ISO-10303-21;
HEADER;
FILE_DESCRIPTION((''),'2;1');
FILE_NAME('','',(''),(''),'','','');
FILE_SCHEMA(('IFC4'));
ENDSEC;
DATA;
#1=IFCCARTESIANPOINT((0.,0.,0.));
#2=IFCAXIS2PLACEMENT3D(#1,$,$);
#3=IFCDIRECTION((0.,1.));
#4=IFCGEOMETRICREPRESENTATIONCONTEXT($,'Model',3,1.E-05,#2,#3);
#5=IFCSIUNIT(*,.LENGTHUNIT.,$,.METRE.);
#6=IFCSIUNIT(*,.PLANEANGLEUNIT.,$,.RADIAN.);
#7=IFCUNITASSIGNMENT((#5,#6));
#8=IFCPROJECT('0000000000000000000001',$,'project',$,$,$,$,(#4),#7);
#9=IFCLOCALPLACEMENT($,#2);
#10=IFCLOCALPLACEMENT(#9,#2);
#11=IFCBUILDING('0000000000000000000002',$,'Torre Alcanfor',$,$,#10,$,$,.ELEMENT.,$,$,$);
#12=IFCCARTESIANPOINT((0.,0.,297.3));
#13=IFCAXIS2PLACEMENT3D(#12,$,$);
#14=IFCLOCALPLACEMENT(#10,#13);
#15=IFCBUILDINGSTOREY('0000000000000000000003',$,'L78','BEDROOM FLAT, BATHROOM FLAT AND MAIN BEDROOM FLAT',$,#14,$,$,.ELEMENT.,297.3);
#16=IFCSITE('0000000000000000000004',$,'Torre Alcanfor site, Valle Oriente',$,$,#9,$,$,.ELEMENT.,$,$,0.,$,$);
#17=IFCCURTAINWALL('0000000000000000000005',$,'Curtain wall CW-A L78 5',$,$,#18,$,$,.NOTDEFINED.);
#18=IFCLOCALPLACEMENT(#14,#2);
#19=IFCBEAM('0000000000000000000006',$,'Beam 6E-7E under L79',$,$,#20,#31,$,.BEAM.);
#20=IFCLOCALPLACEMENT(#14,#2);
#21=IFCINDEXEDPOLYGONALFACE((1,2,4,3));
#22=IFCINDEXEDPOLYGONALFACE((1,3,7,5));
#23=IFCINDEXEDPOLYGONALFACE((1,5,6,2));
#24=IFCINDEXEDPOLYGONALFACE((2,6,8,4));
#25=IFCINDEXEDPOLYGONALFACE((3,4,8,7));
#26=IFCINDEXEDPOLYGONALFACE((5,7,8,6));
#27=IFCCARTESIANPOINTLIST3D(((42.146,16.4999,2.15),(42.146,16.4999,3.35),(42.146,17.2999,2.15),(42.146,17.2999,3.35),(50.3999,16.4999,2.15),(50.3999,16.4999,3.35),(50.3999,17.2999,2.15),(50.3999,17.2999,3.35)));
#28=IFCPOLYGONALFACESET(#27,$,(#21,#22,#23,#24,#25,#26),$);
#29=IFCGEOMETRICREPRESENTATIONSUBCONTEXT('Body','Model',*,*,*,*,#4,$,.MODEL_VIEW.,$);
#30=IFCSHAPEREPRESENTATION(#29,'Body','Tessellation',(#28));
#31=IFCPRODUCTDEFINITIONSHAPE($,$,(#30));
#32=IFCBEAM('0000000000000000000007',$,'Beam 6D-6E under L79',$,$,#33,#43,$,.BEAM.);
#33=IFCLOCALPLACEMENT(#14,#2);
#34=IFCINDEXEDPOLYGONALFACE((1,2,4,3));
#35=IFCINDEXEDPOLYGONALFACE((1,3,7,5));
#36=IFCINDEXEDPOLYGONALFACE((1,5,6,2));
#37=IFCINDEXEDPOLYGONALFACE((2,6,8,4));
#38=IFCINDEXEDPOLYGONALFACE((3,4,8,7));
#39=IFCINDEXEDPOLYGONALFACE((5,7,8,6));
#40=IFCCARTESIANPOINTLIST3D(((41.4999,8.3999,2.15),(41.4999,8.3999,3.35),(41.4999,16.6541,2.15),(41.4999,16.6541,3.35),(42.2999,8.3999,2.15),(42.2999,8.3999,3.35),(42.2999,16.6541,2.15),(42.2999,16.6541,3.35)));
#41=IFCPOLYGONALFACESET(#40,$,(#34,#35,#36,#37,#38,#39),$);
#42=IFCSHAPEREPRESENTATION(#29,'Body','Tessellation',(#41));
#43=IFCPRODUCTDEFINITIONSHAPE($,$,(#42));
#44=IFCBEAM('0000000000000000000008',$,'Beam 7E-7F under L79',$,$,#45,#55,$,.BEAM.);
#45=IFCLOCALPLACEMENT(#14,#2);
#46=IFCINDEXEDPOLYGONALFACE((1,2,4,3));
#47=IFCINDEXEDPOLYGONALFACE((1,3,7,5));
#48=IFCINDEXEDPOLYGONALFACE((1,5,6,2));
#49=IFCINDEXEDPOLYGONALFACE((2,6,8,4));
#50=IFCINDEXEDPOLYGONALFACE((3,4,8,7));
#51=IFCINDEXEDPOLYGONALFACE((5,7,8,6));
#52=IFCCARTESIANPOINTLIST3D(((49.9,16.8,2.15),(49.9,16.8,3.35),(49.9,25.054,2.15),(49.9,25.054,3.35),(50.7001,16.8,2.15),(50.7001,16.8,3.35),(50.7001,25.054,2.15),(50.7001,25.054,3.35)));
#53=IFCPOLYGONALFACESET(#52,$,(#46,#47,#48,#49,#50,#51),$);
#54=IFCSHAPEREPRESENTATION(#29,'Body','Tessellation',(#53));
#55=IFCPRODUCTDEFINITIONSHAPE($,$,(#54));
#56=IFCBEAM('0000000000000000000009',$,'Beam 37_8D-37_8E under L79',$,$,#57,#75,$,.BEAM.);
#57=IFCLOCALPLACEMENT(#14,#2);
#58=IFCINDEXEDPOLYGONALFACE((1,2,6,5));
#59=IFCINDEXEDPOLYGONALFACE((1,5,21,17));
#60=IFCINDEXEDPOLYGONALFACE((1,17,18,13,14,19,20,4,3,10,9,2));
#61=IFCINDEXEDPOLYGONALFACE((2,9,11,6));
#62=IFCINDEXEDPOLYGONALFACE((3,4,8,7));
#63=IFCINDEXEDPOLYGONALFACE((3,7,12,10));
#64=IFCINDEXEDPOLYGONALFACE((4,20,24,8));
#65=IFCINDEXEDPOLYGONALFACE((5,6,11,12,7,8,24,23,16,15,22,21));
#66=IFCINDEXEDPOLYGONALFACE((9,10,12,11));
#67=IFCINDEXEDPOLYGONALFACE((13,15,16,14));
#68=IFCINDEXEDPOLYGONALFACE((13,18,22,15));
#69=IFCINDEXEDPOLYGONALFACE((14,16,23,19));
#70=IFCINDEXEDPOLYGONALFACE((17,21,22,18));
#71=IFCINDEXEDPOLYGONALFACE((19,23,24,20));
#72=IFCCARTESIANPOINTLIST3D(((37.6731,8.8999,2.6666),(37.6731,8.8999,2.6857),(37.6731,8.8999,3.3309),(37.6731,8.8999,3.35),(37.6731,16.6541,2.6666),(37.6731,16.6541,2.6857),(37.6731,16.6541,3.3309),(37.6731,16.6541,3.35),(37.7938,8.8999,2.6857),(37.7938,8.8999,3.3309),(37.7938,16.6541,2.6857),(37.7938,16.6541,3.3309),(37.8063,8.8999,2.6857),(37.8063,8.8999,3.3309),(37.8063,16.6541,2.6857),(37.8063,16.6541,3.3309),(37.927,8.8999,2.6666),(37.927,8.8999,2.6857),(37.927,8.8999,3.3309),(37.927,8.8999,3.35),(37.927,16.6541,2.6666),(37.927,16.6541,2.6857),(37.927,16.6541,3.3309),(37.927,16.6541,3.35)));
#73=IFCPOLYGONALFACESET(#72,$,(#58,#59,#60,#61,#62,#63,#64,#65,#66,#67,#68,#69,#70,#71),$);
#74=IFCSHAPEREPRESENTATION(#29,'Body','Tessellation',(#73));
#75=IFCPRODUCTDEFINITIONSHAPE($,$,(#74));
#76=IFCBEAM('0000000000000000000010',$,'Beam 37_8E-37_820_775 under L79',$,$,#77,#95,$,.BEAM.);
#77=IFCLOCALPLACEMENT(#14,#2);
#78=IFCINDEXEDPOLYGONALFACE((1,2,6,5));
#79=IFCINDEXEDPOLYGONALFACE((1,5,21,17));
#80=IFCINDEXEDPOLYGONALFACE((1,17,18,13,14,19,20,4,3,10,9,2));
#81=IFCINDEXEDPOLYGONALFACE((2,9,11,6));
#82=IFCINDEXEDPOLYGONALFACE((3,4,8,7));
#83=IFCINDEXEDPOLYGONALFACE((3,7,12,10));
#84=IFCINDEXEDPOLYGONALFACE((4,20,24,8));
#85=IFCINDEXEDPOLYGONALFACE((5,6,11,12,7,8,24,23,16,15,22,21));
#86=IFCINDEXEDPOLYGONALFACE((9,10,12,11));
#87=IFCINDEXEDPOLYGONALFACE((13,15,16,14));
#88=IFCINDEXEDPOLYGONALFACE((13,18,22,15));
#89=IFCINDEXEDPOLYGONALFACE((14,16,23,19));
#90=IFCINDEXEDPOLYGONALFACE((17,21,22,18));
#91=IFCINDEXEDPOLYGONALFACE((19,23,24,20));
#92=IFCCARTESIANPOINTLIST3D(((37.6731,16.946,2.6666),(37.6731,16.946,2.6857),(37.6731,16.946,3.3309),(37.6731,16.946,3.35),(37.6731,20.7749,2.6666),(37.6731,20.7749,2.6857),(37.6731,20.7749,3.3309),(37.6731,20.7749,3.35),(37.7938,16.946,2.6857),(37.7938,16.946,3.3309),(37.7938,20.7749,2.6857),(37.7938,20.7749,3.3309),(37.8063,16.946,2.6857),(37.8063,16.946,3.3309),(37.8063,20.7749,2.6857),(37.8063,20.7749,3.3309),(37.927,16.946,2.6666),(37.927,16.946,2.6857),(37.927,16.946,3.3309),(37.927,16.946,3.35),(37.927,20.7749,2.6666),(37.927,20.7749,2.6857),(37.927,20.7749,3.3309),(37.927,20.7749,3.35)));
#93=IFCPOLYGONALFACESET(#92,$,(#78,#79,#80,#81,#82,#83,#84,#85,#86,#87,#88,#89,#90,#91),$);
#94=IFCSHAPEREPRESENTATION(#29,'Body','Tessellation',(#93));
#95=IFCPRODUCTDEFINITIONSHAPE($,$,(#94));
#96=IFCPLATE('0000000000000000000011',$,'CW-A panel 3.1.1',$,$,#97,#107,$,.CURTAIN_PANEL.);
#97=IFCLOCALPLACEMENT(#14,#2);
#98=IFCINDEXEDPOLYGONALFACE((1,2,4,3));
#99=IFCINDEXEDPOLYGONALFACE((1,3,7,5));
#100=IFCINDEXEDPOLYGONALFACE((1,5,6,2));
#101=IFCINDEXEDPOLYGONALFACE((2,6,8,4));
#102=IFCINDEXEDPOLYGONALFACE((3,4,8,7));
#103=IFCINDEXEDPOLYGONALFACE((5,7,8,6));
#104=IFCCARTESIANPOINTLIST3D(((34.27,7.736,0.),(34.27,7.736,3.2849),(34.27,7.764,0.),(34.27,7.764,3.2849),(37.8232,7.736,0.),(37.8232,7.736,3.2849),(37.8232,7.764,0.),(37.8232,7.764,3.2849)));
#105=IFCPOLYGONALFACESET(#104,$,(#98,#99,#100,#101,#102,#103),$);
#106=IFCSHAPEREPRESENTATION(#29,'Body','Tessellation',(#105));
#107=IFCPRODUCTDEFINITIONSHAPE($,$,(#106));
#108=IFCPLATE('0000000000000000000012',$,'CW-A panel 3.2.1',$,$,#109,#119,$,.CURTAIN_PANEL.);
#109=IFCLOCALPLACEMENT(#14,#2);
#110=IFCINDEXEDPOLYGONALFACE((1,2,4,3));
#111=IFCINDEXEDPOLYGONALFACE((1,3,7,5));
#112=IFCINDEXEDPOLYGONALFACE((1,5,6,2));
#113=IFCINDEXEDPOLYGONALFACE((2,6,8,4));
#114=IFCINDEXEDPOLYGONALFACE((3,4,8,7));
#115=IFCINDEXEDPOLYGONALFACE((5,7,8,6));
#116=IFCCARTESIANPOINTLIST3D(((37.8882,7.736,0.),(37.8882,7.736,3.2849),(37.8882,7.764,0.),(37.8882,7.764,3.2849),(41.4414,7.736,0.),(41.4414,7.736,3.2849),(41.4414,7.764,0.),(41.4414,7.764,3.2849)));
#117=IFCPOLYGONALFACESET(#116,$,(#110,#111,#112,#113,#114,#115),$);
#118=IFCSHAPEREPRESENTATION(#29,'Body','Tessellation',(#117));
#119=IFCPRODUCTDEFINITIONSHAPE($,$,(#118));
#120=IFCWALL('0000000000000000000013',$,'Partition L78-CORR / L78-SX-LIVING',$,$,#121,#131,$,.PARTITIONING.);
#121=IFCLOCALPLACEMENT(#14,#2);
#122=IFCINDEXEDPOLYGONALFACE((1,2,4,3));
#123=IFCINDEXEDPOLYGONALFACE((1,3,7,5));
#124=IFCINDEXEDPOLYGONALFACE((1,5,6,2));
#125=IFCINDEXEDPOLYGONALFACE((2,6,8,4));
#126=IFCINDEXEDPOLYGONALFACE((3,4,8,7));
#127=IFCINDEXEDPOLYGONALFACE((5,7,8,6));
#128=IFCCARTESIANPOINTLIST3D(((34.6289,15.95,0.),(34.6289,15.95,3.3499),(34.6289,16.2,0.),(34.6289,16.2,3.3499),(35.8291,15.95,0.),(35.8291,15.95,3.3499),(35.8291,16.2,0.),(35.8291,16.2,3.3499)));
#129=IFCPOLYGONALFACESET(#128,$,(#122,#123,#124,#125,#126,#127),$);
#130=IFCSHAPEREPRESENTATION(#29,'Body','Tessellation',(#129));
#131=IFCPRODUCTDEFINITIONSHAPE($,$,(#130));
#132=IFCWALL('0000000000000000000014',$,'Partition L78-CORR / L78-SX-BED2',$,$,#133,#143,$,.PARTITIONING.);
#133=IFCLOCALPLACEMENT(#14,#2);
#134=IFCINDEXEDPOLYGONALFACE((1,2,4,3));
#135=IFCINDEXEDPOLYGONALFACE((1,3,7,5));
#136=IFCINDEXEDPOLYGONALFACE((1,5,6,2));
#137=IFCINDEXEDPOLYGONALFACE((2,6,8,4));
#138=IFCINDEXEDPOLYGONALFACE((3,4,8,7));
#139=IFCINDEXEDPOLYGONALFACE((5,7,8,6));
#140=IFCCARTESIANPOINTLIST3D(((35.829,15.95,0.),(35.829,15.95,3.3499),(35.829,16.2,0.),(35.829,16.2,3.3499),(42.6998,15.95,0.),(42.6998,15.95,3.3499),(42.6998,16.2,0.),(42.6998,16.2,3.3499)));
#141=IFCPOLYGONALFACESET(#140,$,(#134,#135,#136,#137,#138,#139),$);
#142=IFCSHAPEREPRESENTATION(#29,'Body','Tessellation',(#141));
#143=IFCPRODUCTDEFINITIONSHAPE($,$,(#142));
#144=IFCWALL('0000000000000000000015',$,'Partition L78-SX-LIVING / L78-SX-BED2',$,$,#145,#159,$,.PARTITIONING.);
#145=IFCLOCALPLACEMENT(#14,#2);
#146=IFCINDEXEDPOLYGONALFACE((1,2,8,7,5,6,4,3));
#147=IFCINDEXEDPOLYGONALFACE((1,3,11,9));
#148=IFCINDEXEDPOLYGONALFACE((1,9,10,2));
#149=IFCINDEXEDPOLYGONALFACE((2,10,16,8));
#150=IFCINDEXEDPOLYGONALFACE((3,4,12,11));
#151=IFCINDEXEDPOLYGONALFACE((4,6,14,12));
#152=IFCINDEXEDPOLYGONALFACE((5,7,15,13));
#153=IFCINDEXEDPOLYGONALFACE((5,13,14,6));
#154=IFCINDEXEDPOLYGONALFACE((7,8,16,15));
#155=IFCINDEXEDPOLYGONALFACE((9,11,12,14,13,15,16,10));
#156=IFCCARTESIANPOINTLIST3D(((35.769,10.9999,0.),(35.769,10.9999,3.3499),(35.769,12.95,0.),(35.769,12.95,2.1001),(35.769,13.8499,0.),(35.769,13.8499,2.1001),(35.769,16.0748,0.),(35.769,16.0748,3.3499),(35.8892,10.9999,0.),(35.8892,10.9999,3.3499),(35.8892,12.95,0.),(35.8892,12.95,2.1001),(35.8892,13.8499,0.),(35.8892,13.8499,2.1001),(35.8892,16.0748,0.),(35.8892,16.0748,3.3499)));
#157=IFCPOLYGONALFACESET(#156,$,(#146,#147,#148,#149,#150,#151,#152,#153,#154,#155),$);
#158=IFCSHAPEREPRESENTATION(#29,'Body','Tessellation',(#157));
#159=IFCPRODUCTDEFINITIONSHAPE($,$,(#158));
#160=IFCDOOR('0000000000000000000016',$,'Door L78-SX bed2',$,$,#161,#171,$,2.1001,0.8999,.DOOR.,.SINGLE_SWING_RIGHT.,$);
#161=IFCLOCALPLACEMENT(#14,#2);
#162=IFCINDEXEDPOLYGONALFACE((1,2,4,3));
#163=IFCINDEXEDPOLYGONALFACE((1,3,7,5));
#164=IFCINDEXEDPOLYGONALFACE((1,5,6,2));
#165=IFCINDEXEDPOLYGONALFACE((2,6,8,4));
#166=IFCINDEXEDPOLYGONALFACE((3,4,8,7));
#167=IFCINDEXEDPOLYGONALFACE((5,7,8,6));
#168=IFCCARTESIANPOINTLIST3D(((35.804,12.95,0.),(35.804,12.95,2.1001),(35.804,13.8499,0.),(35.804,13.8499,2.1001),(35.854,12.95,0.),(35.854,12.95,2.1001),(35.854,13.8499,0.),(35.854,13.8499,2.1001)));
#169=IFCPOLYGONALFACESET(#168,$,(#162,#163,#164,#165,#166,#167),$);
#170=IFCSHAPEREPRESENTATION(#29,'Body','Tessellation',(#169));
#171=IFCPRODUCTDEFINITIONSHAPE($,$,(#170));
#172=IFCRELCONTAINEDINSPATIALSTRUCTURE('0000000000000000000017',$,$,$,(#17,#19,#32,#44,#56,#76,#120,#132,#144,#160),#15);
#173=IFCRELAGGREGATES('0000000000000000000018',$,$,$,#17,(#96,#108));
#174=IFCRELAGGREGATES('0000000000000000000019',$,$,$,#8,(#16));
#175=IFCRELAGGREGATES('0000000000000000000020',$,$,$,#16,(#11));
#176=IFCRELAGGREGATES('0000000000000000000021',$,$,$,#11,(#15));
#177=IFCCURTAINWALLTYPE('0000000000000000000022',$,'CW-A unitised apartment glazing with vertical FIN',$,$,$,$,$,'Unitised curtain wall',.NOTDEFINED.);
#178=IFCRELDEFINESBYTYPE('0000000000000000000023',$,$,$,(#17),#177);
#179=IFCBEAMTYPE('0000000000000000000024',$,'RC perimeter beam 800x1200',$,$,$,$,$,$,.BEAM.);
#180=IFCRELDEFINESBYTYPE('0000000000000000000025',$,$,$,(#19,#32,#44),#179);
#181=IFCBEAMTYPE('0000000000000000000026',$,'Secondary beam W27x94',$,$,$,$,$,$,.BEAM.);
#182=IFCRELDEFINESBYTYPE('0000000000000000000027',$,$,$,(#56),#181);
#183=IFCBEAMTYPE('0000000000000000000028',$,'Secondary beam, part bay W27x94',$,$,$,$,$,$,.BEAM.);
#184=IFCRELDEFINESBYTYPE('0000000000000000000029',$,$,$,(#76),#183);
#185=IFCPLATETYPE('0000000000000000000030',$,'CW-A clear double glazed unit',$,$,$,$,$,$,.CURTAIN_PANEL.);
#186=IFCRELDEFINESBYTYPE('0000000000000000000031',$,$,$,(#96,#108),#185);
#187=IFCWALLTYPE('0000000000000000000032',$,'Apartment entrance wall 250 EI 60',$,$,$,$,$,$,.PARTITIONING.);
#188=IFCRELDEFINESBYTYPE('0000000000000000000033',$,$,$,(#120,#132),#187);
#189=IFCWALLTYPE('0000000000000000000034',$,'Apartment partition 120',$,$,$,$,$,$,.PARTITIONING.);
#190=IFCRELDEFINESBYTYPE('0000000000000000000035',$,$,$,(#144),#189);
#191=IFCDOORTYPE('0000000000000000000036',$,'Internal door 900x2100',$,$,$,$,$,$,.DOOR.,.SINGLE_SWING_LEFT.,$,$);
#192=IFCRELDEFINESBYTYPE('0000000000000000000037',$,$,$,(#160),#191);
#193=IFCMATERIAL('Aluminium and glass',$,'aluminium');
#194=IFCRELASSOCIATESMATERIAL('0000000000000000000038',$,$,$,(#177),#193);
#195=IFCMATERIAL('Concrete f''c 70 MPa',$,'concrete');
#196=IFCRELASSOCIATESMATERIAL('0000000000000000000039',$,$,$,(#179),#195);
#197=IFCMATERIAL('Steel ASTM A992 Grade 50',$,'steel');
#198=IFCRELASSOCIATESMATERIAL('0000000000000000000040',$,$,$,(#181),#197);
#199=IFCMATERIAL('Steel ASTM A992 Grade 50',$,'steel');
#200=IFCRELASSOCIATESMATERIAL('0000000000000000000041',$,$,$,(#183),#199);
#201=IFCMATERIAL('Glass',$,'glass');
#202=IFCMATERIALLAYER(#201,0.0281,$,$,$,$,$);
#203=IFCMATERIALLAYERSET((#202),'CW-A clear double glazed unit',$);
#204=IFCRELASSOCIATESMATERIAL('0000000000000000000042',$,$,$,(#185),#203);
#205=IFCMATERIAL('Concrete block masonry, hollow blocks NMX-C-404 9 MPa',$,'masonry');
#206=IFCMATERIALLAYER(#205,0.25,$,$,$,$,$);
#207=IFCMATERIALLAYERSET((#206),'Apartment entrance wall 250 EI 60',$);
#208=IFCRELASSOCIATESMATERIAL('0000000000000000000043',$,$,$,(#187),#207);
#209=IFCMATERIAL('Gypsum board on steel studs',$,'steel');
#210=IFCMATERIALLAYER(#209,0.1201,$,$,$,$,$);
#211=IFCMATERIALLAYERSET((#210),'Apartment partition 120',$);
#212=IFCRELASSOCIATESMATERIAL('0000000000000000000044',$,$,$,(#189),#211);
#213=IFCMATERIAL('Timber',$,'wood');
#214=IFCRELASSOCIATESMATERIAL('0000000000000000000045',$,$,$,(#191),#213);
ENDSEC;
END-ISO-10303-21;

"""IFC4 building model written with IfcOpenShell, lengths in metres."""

from ifc_helpers import new_model, si_unit, direction, frame, frame_2d, origin, origin_2d, place, context, subcontext, project, spatial, rectangle, i_section, extrude, material, layer, layer_set, material_profile, profile_set, type_object, element, fill, aggregate, save


model = new_model("IFC4")

# Units and contexts
model_context = context("Model", 3, precision=1e-05, world=origin(), true_north=direction((0.0, 1.0)))
body_context = subcontext(model_context, "Body", "Model", "MODEL_VIEW")
ifc_project = project(units=[si_unit("LENGTHUNIT", "METRE"), si_unit("PLANEANGLEUNIT", "RADIAN")], contexts=[model_context])

# Site, building, storey
site_placement = place(None, origin())
site = spatial("IfcSite", under=ifc_project, at=site_placement, Name="Torre Alcanfor site, Valle Oriente", CompositionType="ELEMENT", RefElevation=0.0)
building_placement = place(site_placement, origin())
building = spatial("IfcBuilding", under=site, at=building_placement, Name="Torre Alcanfor", CompositionType="ELEMENT")
storey_placement = place(building_placement, frame((0.0, 0.0, 297.3)))
storey = spatial("IfcBuildingStorey", under=building, at=storey_placement, Name="L78", Description="BEDROOM FLAT, BATHROOM FLAT AND MAIN BEDROOM FLAT", CompositionType="ELEMENT", Elevation=297.3)

# Curtain wall
ifc_material_1 = material(Name="Aluminium and glass", Category="aluminium")
curtain_wall_type = type_object("IfcCurtainWallType", Name="CW-A unitised apartment glazing with vertical FIN", ElementType="Unitised curtain wall", PredefinedType="NOTDEFINED", material=ifc_material_1)
curtain_wall_placement = place(storey_placement, origin())
curtain_wall = element("IfcCurtainWall", 1, at=curtain_wall_placement, inside=storey, type_object=curtain_wall_type, Name="Curtain wall CW-A L78 5", PredefinedType="NOTDEFINED")

# Beams
ifc_material_2 = material(Name="Concrete f'c 70 MPa", Category="concrete")
ifc_material_profile_1 = material_profile(ifc_material_2, rectangle(XDim=0.8, YDim=1.2, at=origin_2d()), Name="800x1200")
ifc_profile_set_1 = profile_set([ifc_material_profile_1], Name="Concrete f'c 70 MPa")
beam_type_1 = type_object("IfcBeamType", Name="RC perimeter beam 800x1200", PredefinedType="BEAM", material=ifc_profile_set_1)
beam_1_placement = place(storey_placement, frame((42.146, 16.8999, 2.75), z_axis=(1.0, 0.0, 0.0), x_axis=(0.0, 1.0, 0.0)))
element("IfcBeam", 2, at=beam_1_placement, inside=storey, type_object=beam_type_1, Name="Beam 6E-7E under L79", PredefinedType="BEAM", context=body_context, shape_type="SweptSolid", body=[
    extrude(rectangle(XDim=0.8, YDim=1.2, at=origin_2d()), origin(), (0.0, 0.0, 1.0), 8.2539),
])
beam_2_placement = place(storey_placement, frame((41.8999, 8.3999, 2.75), z_axis=(0.0, 1.0, 0.0), x_axis=(-1.0, 0.0, 0.0)))
element("IfcBeam", 3, at=beam_2_placement, inside=storey, type_object=beam_type_1, Name="Beam 6D-6E under L79", PredefinedType="BEAM", context=body_context, shape_type="SweptSolid", body=[
    extrude(rectangle(XDim=0.8, YDim=1.2, at=origin_2d()), origin(), (0.0, 0.0, 1.0), 8.2542),
])
beam_3_placement = place(storey_placement, frame((50.3, 16.8, 2.75), z_axis=(0.0, 1.0, 0.0), x_axis=(-1.0, 0.0, 0.0)))
element("IfcBeam", 4, at=beam_3_placement, inside=storey, type_object=beam_type_1, Name="Beam 7E-7F under L79", PredefinedType="BEAM", context=body_context, shape_type="SweptSolid", body=[
    extrude(rectangle(XDim=0.8, YDim=1.2, at=origin_2d()), origin(), (0.0, 0.0, 1.0), 8.2539),
])
ifc_material_3 = material(Name="Steel ASTM A992 Grade 50", Category="steel")
ifc_material_profile_2 = material_profile(ifc_material_3, i_section(OverallWidth=0.2539, OverallDepth=0.6833, WebThickness=0.0125, FlangeThickness=0.019, at=origin_2d()), Name="W27x94")
ifc_profile_set_2 = profile_set([ifc_material_profile_2], Name="Steel ASTM A992 Grade 50")
beam_type_2 = type_object("IfcBeamType", Name="Secondary beam W27x94", PredefinedType="BEAM", material=ifc_profile_set_2)
beam_4_placement = place(storey_placement, frame((37.8, 8.8999, 3.0083), z_axis=(0.0, 1.0, 0.0), x_axis=(-1.0, 0.0, 0.0)))
element("IfcBeam", 5, at=beam_4_placement, inside=storey, type_object=beam_type_2, Name="Beam 37_8D-37_8E under L79", PredefinedType="BEAM", context=body_context, shape_type="SweptSolid", body=[
    extrude(i_section(OverallWidth=0.2539, OverallDepth=0.6833, WebThickness=0.0125, FlangeThickness=0.019, at=origin_2d()), origin(), (0.0, 0.0, 1.0), 7.7542),
])
ifc_material_4 = material(Name="Steel ASTM A992 Grade 50", Category="steel")
ifc_material_profile_3 = material_profile(ifc_material_4, i_section(OverallWidth=0.2539, OverallDepth=0.6833, WebThickness=0.0125, FlangeThickness=0.019, at=origin_2d()), Name="W27x94")
ifc_profile_set_3 = profile_set([ifc_material_profile_3], Name="Steel ASTM A992 Grade 50")
beam_type_3 = type_object("IfcBeamType", Name="Secondary beam, part bay W27x94", PredefinedType="BEAM", material=ifc_profile_set_3)
beam_5_placement = place(storey_placement, frame((37.8, 16.946, 3.0083), z_axis=(0.0, 1.0, 0.0), x_axis=(-1.0, 0.0, 0.0)))
element("IfcBeam", 6, at=beam_5_placement, inside=storey, type_object=beam_type_3, Name="Beam 37_8E-37_820_775 under L79", PredefinedType="BEAM", context=body_context, shape_type="SweptSolid", body=[
    extrude(i_section(OverallWidth=0.2539, OverallDepth=0.6833, WebThickness=0.0125, FlangeThickness=0.019, at=origin_2d()), origin(), (0.0, 0.0, 1.0), 3.8289),
])

# Plates
ifc_material_5 = material(Name="Glass", Category="glass")
ifc_layer_1 = layer(ifc_material_5, 0.0281)
ifc_layer_set_1 = layer_set([ifc_layer_1], Name="CW-A clear double glazed unit")
plate_type = type_object("IfcPlateType", Name="CW-A clear double glazed unit", PredefinedType="CURTAIN_PANEL", material=ifc_layer_set_1)
plate_1_placement = place(storey_placement, frame((36.0466, 7.75, 0.0), z_axis=(0.0, 0.0, 1.0), x_axis=(1.0, 0.0, 0.0)))
plate_1 = element("IfcPlate", 7, at=plate_1_placement, type_object=plate_type, Name="CW-A panel 3.1.1", PredefinedType="CURTAIN_PANEL", context=body_context, shape_type="SweptSolid", body=[
    extrude(rectangle(XDim=3.5532, YDim=0.0281, at=origin_2d()), origin(), (0.0, 0.0, 1.0), 3.2849),
])
plate_2_placement = place(storey_placement, frame((39.6648, 7.75, 0.0), z_axis=(0.0, 0.0, 1.0), x_axis=(1.0, 0.0, 0.0)))
plate_2 = element("IfcPlate", 8, at=plate_2_placement, type_object=plate_type, Name="CW-A panel 3.2.1", PredefinedType="CURTAIN_PANEL", context=body_context, shape_type="SweptSolid", body=[
    extrude(rectangle(XDim=3.5532, YDim=0.0281, at=origin_2d()), origin(), (0.0, 0.0, 1.0), 3.2849),
])
aggregate(curtain_wall, [plate_1, plate_2])

# Walls
ifc_material_6 = material(Name="Concrete block masonry, hollow blocks NMX-C-404 9 MPa", Category="masonry")
ifc_layer_2 = layer(ifc_material_6, 0.25)
ifc_layer_set_2 = layer_set([ifc_layer_2], Name="Apartment entrance wall 250 EI 60")
wall_type_1 = type_object("IfcWallType", Name="Apartment entrance wall 250 EI 60", PredefinedType="PARTITIONING", material=ifc_layer_set_2)
wall_1_placement = place(storey_placement, frame((35.8291, 16.075, 0.0), z_axis=(0.0, 0.0, 1.0), x_axis=(-1.0, 0.0, 0.0)))
element("IfcWall", 9, at=wall_1_placement, inside=storey, type_object=wall_type_1, Name="Partition L78-CORR / L78-SX-LIVING", PredefinedType="PARTITIONING", context=body_context, shape_type="SweptSolid", body=[
    extrude(rectangle(XDim=1.2002, YDim=0.25, at=frame_2d((0.6001, 0.0))), origin(), (0.0, 0.0, 1.0), 3.3499),
])
wall_2_placement = place(storey_placement, frame((42.7, 16.075, 0.0), z_axis=(0.0, 0.0, 1.0), x_axis=(-1.0, 0.0, 0.0)))
element("IfcWall", 10, at=wall_2_placement, inside=storey, type_object=wall_type_1, Name="Partition L78-CORR / L78-SX-BED2", PredefinedType="PARTITIONING", context=body_context, shape_type="SweptSolid", body=[
    extrude(rectangle(XDim=6.8708, YDim=0.25, at=frame_2d((3.4355, 0.0))), origin(), (0.0, 0.0, 1.0), 3.3499),
])

# Wall, opening, door
ifc_material_7 = material(Name="Gypsum board on steel studs", Category="steel")
ifc_layer_3 = layer(ifc_material_7, 0.1201)
ifc_layer_set_3 = layer_set([ifc_layer_3], Name="Apartment partition 120")
wall_type_2 = type_object("IfcWallType", Name="Apartment partition 120", PredefinedType="PARTITIONING", material=ifc_layer_set_3)
wall_3_placement = place(storey_placement, frame((35.8291, 16.075, 0.0), z_axis=(0.0, 0.0, 1.0), x_axis=(0.0, -1.0, 0.0)))
wall_3 = element("IfcWall", 11, at=wall_3_placement, inside=storey, type_object=wall_type_2, Name="Partition L78-SX-LIVING / L78-SX-BED2", PredefinedType="PARTITIONING", context=body_context, shape_type="SweptSolid", body=[
    extrude(rectangle(XDim=5.075, YDim=0.1201, at=frame_2d((2.5376, 0.0))), origin(), (0.0, 0.0, 1.0), 3.3499),
])
opening_1_placement = place(wall_3_placement, frame((2.2251, 0.0, 0.0)))
opening_1 = element("IfcOpeningElement", 12, at=opening_1_placement, cuts=wall_3, PredefinedType="OPENING", context=body_context, shape_type="SweptSolid", body=[
    extrude(rectangle(XDim=0.8999, YDim=2.1001, at=frame_2d((0.45, 1.05))), frame((0.0, 0.0701, 0.0), z_axis=(0.0, -1.0, 0.0), x_axis=(1.0, 0.0, 0.0)), (0.0, 0.0, 1.0), 0.1401),
])
ifc_material_8 = material(Name="Timber", Category="wood")
door_type = type_object("IfcDoorType", Name="Internal door 900x2100", OperationType="SINGLE_SWING_LEFT", PredefinedType="DOOR", material=ifc_material_8)
door_placement = place(opening_1_placement, origin())
door = element("IfcDoor", 13, at=door_placement, inside=storey, type_object=door_type, Name="Door L78-SX bed2", OperationType="SINGLE_SWING_RIGHT", OverallHeight=2.1001, OverallWidth=0.8999, PredefinedType="DOOR", context=body_context, shape_type="SweptSolid", body=[
    extrude(rectangle(XDim=0.8999, YDim=2.1001, at=frame_2d((0.45, 1.05))), frame((0.0, 0.0249, 0.0), z_axis=(0.0, -1.0, 0.0), x_axis=(1.0, 0.0, 0.0)), (0.0, 0.0, 1.0), 0.05),
])
fill(opening_1, door)

save(model, "model.ifc")
